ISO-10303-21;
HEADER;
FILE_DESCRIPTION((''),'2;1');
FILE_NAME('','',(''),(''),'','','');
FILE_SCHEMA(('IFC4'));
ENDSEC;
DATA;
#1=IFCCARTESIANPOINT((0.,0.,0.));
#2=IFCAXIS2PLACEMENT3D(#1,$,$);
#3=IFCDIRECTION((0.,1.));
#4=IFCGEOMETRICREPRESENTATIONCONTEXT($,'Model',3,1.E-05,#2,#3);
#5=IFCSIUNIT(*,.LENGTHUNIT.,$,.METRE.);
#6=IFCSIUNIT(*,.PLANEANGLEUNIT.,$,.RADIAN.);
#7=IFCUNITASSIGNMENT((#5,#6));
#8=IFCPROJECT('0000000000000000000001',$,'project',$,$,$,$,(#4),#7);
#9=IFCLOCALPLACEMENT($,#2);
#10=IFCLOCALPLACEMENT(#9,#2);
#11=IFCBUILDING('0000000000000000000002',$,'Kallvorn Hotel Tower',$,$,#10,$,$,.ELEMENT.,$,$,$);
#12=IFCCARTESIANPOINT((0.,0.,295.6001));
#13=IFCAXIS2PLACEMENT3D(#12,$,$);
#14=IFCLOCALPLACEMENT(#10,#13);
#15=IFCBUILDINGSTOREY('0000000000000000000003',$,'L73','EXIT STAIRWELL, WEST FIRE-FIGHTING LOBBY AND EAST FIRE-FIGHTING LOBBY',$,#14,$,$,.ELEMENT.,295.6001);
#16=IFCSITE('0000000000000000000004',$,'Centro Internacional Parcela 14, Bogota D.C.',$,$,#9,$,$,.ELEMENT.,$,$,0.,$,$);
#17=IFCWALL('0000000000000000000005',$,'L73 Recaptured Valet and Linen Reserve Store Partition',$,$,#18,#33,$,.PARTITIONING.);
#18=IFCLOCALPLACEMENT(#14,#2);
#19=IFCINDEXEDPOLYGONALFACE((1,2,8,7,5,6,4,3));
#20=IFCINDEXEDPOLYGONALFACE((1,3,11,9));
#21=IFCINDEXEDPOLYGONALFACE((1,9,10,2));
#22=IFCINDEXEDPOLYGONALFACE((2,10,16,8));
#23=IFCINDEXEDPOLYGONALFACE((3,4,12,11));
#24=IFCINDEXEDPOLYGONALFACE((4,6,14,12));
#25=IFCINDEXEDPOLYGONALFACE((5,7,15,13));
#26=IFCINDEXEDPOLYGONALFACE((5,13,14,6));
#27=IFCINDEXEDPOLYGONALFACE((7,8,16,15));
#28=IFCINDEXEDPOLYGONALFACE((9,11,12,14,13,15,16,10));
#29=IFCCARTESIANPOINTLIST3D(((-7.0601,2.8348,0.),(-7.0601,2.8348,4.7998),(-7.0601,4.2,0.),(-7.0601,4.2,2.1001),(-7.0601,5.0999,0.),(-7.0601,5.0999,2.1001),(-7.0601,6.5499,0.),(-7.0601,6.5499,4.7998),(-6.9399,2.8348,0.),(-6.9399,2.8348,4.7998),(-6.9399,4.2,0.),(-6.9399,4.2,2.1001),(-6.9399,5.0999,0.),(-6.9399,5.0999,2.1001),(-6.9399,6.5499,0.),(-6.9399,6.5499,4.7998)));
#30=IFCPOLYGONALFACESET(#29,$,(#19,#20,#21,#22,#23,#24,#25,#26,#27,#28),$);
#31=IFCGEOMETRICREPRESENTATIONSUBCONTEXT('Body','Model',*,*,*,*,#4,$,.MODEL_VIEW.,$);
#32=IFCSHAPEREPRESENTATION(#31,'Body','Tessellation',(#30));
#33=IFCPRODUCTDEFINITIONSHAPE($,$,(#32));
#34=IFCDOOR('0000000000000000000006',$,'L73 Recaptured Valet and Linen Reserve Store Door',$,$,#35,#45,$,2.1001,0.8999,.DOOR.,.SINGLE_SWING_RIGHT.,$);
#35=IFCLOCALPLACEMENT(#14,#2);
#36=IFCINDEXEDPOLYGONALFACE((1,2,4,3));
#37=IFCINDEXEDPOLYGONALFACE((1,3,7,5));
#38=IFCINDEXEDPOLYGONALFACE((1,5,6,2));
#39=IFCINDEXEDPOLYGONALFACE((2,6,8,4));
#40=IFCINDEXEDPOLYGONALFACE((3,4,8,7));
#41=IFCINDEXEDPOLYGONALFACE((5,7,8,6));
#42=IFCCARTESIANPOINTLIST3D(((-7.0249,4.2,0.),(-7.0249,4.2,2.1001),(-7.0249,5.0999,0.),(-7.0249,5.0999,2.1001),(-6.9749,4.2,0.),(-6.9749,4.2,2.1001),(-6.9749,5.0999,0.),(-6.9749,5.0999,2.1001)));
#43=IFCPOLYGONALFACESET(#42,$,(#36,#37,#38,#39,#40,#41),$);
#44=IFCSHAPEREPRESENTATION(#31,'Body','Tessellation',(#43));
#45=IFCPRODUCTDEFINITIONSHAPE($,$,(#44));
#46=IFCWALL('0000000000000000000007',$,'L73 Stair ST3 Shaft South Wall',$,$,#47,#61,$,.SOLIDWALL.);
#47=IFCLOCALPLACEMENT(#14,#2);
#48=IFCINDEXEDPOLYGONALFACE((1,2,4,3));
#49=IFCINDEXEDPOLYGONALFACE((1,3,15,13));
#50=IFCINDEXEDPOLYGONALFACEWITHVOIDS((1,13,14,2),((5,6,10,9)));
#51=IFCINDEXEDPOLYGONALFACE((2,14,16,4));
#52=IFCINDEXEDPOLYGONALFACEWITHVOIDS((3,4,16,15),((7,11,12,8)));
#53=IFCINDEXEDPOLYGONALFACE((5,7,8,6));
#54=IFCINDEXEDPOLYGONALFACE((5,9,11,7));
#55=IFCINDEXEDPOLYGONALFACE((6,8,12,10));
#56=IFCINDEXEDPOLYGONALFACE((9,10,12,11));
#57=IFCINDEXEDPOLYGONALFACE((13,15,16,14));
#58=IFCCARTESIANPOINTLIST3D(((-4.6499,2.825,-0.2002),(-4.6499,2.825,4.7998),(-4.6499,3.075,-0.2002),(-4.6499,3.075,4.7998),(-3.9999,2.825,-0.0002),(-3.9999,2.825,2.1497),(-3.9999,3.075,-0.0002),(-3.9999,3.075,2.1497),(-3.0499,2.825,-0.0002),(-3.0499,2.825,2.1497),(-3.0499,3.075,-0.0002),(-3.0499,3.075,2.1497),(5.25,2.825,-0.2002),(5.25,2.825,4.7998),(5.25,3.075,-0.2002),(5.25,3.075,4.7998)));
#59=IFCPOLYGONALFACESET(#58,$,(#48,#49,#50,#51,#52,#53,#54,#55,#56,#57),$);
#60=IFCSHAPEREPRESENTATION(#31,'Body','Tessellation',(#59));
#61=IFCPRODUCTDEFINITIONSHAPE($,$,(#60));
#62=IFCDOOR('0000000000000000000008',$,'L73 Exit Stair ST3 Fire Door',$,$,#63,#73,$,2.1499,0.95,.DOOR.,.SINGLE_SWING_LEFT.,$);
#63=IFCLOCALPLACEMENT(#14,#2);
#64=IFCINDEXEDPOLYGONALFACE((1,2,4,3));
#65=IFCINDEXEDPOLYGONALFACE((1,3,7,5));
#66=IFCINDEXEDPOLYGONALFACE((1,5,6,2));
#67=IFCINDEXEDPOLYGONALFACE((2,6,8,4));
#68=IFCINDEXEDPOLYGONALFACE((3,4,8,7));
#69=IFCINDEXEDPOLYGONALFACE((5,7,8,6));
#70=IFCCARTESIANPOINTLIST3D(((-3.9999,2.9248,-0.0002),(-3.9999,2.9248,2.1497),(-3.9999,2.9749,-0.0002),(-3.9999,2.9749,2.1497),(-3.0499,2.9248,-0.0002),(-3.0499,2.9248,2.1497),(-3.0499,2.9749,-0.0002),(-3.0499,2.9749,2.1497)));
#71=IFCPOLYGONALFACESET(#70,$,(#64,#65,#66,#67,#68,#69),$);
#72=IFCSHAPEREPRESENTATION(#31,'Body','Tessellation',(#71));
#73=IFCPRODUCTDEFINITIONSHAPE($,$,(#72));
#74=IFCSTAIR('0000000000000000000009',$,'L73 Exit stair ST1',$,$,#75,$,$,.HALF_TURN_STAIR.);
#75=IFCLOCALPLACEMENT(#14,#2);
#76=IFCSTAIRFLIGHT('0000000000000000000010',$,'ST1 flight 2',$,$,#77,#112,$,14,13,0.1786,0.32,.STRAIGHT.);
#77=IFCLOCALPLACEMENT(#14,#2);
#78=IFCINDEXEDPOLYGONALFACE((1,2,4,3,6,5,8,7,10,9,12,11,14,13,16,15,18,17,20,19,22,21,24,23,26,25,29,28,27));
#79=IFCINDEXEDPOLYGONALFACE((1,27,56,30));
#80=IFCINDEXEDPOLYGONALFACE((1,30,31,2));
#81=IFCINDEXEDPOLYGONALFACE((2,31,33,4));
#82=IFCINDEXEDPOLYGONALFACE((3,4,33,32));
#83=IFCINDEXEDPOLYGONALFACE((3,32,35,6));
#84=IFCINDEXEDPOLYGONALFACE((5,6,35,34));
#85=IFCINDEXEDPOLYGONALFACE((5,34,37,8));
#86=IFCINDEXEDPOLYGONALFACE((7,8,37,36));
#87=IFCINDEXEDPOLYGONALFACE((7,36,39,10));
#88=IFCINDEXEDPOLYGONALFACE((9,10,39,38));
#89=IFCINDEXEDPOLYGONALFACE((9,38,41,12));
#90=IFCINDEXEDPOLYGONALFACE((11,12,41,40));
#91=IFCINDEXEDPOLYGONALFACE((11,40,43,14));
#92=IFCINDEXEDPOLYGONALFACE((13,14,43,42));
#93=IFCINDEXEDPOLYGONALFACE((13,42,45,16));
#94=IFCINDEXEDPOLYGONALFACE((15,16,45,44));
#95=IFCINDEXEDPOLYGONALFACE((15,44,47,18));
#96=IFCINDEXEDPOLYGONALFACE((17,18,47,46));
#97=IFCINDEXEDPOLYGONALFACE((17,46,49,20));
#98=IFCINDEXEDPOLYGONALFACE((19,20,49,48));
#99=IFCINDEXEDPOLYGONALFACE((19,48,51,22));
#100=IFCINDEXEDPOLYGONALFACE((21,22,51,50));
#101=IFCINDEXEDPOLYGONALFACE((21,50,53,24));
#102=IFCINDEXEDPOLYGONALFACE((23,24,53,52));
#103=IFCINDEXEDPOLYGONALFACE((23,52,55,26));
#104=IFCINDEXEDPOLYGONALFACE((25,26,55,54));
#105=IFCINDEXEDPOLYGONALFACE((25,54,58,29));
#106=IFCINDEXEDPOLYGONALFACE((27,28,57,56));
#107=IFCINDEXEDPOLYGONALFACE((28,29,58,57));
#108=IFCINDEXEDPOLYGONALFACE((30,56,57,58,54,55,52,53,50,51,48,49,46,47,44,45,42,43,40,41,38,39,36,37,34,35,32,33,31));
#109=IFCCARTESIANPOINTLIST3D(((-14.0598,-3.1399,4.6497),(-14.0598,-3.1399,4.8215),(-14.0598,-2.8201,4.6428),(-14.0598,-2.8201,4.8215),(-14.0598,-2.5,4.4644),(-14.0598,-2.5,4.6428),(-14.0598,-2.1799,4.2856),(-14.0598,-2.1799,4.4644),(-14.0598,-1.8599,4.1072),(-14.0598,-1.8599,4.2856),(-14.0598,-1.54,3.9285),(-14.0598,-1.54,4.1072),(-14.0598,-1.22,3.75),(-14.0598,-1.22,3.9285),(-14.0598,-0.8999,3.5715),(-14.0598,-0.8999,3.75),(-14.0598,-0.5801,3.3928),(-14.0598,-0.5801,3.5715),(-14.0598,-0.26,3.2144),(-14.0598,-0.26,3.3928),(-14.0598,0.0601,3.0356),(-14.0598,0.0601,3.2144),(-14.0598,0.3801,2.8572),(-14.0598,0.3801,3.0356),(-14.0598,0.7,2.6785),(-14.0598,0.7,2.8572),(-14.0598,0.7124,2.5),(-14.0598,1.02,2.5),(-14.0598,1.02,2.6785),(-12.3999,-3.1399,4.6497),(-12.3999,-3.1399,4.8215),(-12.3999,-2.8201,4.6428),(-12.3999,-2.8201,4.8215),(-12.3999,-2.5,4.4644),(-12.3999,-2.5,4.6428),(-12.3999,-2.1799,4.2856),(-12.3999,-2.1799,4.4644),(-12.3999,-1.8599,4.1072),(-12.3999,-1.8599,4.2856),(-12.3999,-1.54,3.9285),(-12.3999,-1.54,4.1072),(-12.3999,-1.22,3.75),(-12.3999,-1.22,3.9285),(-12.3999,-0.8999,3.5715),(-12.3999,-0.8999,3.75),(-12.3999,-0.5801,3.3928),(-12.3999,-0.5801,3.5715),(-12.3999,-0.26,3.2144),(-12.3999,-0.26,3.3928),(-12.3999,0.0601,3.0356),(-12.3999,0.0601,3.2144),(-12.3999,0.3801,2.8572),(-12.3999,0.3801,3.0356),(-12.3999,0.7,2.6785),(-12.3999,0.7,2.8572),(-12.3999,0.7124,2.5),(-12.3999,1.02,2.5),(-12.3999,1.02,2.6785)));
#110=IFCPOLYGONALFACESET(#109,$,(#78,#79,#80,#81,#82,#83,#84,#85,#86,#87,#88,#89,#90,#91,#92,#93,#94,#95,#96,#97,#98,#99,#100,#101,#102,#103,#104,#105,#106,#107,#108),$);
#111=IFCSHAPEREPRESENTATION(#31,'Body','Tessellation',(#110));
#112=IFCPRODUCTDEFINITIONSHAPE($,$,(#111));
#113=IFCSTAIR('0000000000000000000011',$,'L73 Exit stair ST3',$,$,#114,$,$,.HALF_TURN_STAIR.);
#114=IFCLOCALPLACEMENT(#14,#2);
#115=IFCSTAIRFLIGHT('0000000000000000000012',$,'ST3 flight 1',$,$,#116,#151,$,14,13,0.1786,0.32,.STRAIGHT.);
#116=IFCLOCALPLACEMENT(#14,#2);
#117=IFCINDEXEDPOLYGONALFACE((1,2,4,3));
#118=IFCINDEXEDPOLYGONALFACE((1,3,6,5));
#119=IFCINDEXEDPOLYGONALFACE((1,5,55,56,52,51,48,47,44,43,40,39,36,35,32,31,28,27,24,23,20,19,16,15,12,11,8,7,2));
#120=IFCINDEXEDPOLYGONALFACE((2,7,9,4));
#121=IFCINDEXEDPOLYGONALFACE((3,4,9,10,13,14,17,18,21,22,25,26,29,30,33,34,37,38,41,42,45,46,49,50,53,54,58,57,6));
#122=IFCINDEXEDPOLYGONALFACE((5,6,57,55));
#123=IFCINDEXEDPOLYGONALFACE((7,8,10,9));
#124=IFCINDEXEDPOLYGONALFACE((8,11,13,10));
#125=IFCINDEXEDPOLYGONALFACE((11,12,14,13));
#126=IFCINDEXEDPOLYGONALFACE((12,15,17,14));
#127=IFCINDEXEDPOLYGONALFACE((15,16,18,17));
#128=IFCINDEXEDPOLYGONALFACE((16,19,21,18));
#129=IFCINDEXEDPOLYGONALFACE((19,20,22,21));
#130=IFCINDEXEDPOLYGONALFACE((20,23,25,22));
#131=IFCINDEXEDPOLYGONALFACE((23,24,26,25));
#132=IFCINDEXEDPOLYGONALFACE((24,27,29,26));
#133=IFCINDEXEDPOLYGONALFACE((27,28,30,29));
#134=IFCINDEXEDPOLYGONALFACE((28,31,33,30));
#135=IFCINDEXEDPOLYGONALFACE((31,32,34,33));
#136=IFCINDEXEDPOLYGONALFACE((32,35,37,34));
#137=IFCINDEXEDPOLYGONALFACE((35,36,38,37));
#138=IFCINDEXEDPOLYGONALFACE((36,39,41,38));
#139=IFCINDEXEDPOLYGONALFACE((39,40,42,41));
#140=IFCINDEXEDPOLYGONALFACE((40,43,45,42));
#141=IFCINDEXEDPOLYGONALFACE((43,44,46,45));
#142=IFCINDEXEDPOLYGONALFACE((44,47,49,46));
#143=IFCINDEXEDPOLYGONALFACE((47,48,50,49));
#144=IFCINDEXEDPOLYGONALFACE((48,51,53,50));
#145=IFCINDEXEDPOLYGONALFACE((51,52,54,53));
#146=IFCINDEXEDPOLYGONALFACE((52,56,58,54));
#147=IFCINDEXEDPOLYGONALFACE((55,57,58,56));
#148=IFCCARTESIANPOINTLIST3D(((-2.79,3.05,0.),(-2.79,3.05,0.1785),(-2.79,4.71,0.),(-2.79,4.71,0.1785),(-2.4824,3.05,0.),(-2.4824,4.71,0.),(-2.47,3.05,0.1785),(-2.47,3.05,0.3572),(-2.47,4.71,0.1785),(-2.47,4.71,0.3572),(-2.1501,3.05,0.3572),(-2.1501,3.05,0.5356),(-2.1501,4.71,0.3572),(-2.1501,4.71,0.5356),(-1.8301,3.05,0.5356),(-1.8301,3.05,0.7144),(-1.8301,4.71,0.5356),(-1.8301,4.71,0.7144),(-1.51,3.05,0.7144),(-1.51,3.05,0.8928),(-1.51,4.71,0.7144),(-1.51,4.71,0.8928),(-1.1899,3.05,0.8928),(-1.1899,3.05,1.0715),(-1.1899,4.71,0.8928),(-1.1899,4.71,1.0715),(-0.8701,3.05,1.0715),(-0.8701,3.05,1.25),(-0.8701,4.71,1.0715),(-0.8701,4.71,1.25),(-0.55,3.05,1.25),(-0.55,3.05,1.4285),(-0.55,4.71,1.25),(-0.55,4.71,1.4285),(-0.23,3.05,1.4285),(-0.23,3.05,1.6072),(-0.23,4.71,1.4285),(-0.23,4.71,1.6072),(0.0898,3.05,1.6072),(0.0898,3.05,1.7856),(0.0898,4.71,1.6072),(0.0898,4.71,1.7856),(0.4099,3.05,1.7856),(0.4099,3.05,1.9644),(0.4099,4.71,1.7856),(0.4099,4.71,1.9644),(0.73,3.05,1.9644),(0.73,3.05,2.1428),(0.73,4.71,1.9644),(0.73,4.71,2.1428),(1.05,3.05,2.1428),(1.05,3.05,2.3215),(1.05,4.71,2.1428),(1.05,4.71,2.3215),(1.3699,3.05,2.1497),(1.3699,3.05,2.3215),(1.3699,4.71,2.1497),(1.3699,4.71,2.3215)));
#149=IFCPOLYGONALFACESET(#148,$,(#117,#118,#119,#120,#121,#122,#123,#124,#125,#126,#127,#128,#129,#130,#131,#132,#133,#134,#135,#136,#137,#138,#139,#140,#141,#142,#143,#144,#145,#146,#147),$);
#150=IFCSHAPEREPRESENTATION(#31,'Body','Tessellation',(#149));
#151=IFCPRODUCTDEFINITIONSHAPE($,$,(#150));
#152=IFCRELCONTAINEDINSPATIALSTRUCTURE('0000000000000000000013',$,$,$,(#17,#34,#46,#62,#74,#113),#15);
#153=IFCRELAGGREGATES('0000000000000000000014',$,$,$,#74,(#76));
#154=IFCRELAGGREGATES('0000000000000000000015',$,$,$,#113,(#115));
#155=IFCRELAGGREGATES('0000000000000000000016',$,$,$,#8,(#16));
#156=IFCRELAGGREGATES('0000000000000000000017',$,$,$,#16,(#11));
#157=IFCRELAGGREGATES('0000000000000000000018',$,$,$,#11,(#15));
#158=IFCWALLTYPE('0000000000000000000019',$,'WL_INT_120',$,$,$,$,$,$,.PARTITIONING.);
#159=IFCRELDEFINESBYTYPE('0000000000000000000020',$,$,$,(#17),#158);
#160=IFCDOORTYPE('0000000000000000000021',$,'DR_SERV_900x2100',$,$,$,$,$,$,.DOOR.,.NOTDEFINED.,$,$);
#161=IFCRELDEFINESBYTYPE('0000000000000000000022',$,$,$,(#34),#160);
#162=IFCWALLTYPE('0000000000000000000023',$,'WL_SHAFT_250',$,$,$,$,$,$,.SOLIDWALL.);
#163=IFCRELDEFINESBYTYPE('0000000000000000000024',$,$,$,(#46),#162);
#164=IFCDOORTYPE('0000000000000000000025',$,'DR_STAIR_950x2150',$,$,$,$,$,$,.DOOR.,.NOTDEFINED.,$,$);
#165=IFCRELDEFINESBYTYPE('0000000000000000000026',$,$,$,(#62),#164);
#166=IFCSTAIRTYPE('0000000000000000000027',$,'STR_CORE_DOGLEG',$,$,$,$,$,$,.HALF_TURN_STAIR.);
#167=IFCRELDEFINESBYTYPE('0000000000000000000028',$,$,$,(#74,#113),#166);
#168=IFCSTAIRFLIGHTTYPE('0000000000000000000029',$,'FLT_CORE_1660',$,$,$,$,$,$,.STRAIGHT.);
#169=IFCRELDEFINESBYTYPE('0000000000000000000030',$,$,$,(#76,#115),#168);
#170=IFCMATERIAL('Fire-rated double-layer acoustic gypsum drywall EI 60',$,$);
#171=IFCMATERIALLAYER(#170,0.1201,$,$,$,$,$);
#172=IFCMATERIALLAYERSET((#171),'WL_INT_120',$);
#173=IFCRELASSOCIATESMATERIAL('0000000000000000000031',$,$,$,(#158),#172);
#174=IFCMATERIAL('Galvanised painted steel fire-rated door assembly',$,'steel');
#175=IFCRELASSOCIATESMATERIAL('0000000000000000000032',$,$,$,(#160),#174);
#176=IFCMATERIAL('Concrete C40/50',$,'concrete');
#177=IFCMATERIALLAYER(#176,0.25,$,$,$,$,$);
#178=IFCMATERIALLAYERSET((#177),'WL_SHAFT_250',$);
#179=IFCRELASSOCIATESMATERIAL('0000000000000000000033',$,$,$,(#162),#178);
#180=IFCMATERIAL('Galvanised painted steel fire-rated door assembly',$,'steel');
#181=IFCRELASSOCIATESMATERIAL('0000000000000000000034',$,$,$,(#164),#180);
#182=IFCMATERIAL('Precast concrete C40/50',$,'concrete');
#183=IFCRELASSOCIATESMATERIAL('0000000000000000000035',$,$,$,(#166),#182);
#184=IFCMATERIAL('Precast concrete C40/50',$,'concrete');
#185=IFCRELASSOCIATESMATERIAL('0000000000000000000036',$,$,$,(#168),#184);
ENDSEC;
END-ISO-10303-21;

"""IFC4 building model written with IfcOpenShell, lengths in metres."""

from ifc_helpers import new_model, si_unit, direction, frame, frame_2d, origin, place, context, subcontext, project, spatial, polyline, rectangle, outline, extrude, material, layer, layer_set, type_object, element, fill, aggregate, save


model = new_model("IFC4")

# Units and contexts
model_context = context("Model", 3, precision=1e-05, world=origin(), true_north=direction((0.0, 1.0)))
body_context = subcontext(model_context, "Body", "Model", "MODEL_VIEW")
ifc_project = project(units=[si_unit("LENGTHUNIT", "METRE"), si_unit("PLANEANGLEUNIT", "RADIAN")], contexts=[model_context])

# Site, building, storey
site_placement = place(None, origin())
site = spatial("IfcSite", under=ifc_project, at=site_placement, Name="Centro Internacional Parcela 14, Bogota D.C.", CompositionType="ELEMENT", RefElevation=0.0)
building_placement = place(site_placement, origin())
building = spatial("IfcBuilding", under=site, at=building_placement, Name="Kallvorn Hotel Tower", CompositionType="ELEMENT")
storey_placement = place(building_placement, frame((0.0, 0.0, 295.6001)))
storey = spatial("IfcBuildingStorey", under=building, at=storey_placement, Name="L73", Description="EXIT STAIRWELL, WEST FIRE-FIGHTING LOBBY AND EAST FIRE-FIGHTING LOBBY", CompositionType="ELEMENT", Elevation=295.6001)

# Shared definitions
ifc_material_1 = material(Name="Fire-rated double-layer acoustic gypsum drywall EI 60")
ifc_layer_1 = layer(ifc_material_1, 0.1201)
ifc_layer_set_1 = layer_set([ifc_layer_1], Name="WL_INT_120")
wall_type_1 = type_object("IfcWallType", Name="WL_INT_120", PredefinedType="PARTITIONING", material=ifc_layer_set_1)

# Walls, openings, doors
wall_1_placement = place(storey_placement, frame((-7.0, 2.835, 0.0), z_axis=(0.0, 0.0, 1.0), x_axis=(0.0, 1.0, 0.0)))
wall_1 = element("IfcWall", 1, at=wall_1_placement, inside=storey, type_object=wall_type_1, Name="L73 Recaptured Valet and Linen Reserve Store Partition", PredefinedType="PARTITIONING", context=body_context, shape_type="SweptSolid", body=[
    extrude(rectangle(XDim=3.7151, YDim=0.1201, at=frame_2d((1.8574, 0.0))), origin(), (0.0, 0.0, 1.0), 4.7998),
])
opening_1_placement = place(wall_1_placement, frame((1.365, 0.0, 0.0)))
opening_1 = element("IfcOpeningElement", 2, at=opening_1_placement, cuts=wall_1, PredefinedType="OPENING", context=body_context, shape_type="SweptSolid", body=[
    extrude(rectangle(XDim=0.8999, YDim=2.1001, at=frame_2d((0.45, 1.05))), frame((0.0, 0.075, 0.0), z_axis=(0.0, -1.0, 0.0), x_axis=(1.0, 0.0, 0.0)), (0.0, 0.0, 1.0), 0.1501),
])
ifc_material_2 = material(Name="Galvanised painted steel fire-rated door assembly", Category="steel")
door_type_1 = type_object("IfcDoorType", Name="DR_SERV_900x2100", OperationType="NOTDEFINED", PredefinedType="DOOR", material=ifc_material_2)
door_1_placement = place(opening_1_placement, origin())
door_1 = element("IfcDoor", 3, at=door_1_placement, inside=storey, type_object=door_type_1, Name="L73 Recaptured Valet and Linen Reserve Store Door", OperationType="SINGLE_SWING_RIGHT", OverallHeight=2.1001, OverallWidth=0.8999, PredefinedType="DOOR", context=body_context, shape_type="SweptSolid", body=[
    extrude(rectangle(XDim=0.8999, YDim=2.1001, at=frame_2d((0.45, 1.05))), frame((0.0, 0.0249, 0.0), z_axis=(0.0, -1.0, 0.0), x_axis=(1.0, 0.0, 0.0)), (0.0, 0.0, 1.0), 0.05),
])
fill(opening_1, door_1)
ifc_material_3 = material(Name="Concrete C40/50", Category="concrete")
ifc_layer_2 = layer(ifc_material_3, 0.25)
ifc_layer_set_2 = layer_set([ifc_layer_2], Name="WL_SHAFT_250")
wall_type_2 = type_object("IfcWallType", Name="WL_SHAFT_250", PredefinedType="SOLIDWALL", material=ifc_layer_set_2)
wall_2_placement = place(storey_placement, frame((-4.6499, 2.95, -0.2002), z_axis=(0.0, 0.0, 1.0), x_axis=(1.0, 0.0, 0.0)))
wall_2 = element("IfcWall", 4, at=wall_2_placement, inside=storey, type_object=wall_type_2, Name="L73 Stair ST3 Shaft South Wall", PredefinedType="SOLIDWALL", context=body_context, shape_type="SweptSolid", body=[
    extrude(rectangle(XDim=9.8999, YDim=0.25, at=frame_2d((4.95, 0.0))), origin(), (0.0, 0.0, 1.0), 5.0),
])
opening_2_placement = place(wall_2_placement, frame((0.6499, 0.0, 0.2)))
opening_2 = element("IfcOpeningElement", 5, at=opening_2_placement, cuts=wall_2, PredefinedType="OPENING", context=body_context, shape_type="SweptSolid", body=[
    extrude(rectangle(XDim=0.95, YDim=2.1499, at=frame_2d((0.4751, 1.075))), frame((0.0, 0.1399, 0.0), z_axis=(0.0, -1.0, 0.0), x_axis=(1.0, 0.0, 0.0)), (0.0, 0.0, 1.0), 0.28),
])
ifc_material_4 = material(Name="Galvanised painted steel fire-rated door assembly", Category="steel")
door_type_2 = type_object("IfcDoorType", Name="DR_STAIR_950x2150", OperationType="NOTDEFINED", PredefinedType="DOOR", material=ifc_material_4)
door_2_placement = place(opening_2_placement, origin())
door_2 = element("IfcDoor", 6, at=door_2_placement, inside=storey, type_object=door_type_2, Name="L73 Exit Stair ST3 Fire Door", OperationType="SINGLE_SWING_LEFT", OverallHeight=2.1499, OverallWidth=0.95, PredefinedType="DOOR", context=body_context, shape_type="SweptSolid", body=[
    extrude(rectangle(XDim=0.95, YDim=2.1499, at=frame_2d((0.4751, 1.075))), frame((0.0, 0.0249, 0.0), z_axis=(0.0, -1.0, 0.0), x_axis=(1.0, 0.0, 0.0)), (0.0, 0.0, 1.0), 0.05),
])
fill(opening_2, door_2)

# Stairs, stair flights
ifc_material_5 = material(Name="Precast concrete C40/50", Category="concrete")
stair_type = type_object("IfcStairType", Name="STR_CORE_DOGLEG", PredefinedType="HALF_TURN_STAIR", material=ifc_material_5)
stair_1_placement = place(storey_placement, origin())
stair_1 = element("IfcStair", 7, at=stair_1_placement, inside=storey, type_object=stair_type, Name="L73 Exit stair ST1", PredefinedType="HALF_TURN_STAIR")
ifc_material_6 = material(Name="Precast concrete C40/50", Category="concrete")
stair_flight_type = type_object("IfcStairFlightType", Name="FLT_CORE_1660", PredefinedType="STRAIGHT", material=ifc_material_6)
stair_flight_1_placement = place(storey_placement, frame((-13.23, 1.02, 2.5), z_axis=(0.0, 0.0, 1.0), x_axis=(0.0, -1.0, 0.0)))
stair_flight_1 = element("IfcStairFlight", 8, at=stair_flight_1_placement, type_object=stair_flight_type, Name="ST1 flight 2", NumberOfRisers=14, NumberOfTreads=13, PredefinedType="STRAIGHT", RiserHeight=0.1786, TreadLength=0.32, context=body_context, shape_type="SweptSolid", body=[
    extrude(outline(polyline([(0.0, 0.0), (0.0, 0.1785), (0.3201, 0.1785), (0.3201, 0.3572), (0.6399, 0.3572), (0.6399, 0.5356), (0.96, 0.5356), (0.96, 0.7144), (1.28, 0.7144), (1.28, 0.8928), (1.6001, 0.8928), (1.6001, 1.0715), (1.9199, 1.0715), (1.9199, 1.25), (2.24, 1.25), (2.24, 1.4285), (2.5601, 1.4285), (2.5601, 1.6072), (2.8799, 1.6072), (2.8799, 1.7856), (3.2, 1.7856), (3.2, 1.9644), (3.52, 1.9644), (3.52, 2.1428), (3.8401, 2.1428), (3.8401, 2.3215), (4.1599, 2.3215), (4.1599, 2.5), (4.1599, 2.1497), (0.3076, 0.0), (0.0, 0.0)])), frame((0.0, 0.8301, 0.0), z_axis=(0.0, -1.0, 0.0), x_axis=(1.0, 0.0, 0.0)), (0.0, 0.0, 1.0), 1.6599),
])
aggregate(stair_1, [stair_flight_1])
stair_2_placement = place(storey_placement, origin())
stair_2 = element("IfcStair", 9, at=stair_2_placement, inside=storey, type_object=stair_type, Name="L73 Exit stair ST3", PredefinedType="HALF_TURN_STAIR")
stair_flight_2_placement = place(storey_placement, frame((-2.79, 3.8799, 0.0), z_axis=(0.0, 0.0, 1.0), x_axis=(1.0, 0.0, 0.0)))
stair_flight_2 = element("IfcStairFlight", 10, at=stair_flight_2_placement, type_object=stair_flight_type, Name="ST3 flight 1", NumberOfRisers=14, NumberOfTreads=13, PredefinedType="STRAIGHT", RiserHeight=0.1786, TreadLength=0.32, context=body_context, shape_type="SweptSolid", body=[
    extrude(outline(polyline([(0.0, 0.0), (0.0, 0.1785), (0.3201, 0.1785), (0.3201, 0.3572), (0.6399, 0.3572), (0.6399, 0.5356), (0.96, 0.5356), (0.96, 0.7144), (1.28, 0.7144), (1.28, 0.8928), (1.6001, 0.8928), (1.6001, 1.0715), (1.9199, 1.0715), (1.9199, 1.25), (2.24, 1.25), (2.24, 1.4285), (2.5601, 1.4285), (2.5601, 1.6072), (2.8799, 1.6072), (2.8799, 1.7856), (3.2, 1.7856), (3.2, 1.9644), (3.52, 1.9644), (3.52, 2.1428), (3.8401, 2.1428), (3.8401, 2.3215), (4.1599, 2.3215), (4.1599, 2.5), (4.1599, 2.1497), (0.3076, 0.0), (0.0, 0.0)])), frame((0.0, 0.8301, 0.0), z_axis=(0.0, -1.0, 0.0), x_axis=(1.0, 0.0, 0.0)), (0.0, 0.0, 1.0), 1.6599),
])
aggregate(stair_2, [stair_flight_2])

save(model, "model.ifc")
